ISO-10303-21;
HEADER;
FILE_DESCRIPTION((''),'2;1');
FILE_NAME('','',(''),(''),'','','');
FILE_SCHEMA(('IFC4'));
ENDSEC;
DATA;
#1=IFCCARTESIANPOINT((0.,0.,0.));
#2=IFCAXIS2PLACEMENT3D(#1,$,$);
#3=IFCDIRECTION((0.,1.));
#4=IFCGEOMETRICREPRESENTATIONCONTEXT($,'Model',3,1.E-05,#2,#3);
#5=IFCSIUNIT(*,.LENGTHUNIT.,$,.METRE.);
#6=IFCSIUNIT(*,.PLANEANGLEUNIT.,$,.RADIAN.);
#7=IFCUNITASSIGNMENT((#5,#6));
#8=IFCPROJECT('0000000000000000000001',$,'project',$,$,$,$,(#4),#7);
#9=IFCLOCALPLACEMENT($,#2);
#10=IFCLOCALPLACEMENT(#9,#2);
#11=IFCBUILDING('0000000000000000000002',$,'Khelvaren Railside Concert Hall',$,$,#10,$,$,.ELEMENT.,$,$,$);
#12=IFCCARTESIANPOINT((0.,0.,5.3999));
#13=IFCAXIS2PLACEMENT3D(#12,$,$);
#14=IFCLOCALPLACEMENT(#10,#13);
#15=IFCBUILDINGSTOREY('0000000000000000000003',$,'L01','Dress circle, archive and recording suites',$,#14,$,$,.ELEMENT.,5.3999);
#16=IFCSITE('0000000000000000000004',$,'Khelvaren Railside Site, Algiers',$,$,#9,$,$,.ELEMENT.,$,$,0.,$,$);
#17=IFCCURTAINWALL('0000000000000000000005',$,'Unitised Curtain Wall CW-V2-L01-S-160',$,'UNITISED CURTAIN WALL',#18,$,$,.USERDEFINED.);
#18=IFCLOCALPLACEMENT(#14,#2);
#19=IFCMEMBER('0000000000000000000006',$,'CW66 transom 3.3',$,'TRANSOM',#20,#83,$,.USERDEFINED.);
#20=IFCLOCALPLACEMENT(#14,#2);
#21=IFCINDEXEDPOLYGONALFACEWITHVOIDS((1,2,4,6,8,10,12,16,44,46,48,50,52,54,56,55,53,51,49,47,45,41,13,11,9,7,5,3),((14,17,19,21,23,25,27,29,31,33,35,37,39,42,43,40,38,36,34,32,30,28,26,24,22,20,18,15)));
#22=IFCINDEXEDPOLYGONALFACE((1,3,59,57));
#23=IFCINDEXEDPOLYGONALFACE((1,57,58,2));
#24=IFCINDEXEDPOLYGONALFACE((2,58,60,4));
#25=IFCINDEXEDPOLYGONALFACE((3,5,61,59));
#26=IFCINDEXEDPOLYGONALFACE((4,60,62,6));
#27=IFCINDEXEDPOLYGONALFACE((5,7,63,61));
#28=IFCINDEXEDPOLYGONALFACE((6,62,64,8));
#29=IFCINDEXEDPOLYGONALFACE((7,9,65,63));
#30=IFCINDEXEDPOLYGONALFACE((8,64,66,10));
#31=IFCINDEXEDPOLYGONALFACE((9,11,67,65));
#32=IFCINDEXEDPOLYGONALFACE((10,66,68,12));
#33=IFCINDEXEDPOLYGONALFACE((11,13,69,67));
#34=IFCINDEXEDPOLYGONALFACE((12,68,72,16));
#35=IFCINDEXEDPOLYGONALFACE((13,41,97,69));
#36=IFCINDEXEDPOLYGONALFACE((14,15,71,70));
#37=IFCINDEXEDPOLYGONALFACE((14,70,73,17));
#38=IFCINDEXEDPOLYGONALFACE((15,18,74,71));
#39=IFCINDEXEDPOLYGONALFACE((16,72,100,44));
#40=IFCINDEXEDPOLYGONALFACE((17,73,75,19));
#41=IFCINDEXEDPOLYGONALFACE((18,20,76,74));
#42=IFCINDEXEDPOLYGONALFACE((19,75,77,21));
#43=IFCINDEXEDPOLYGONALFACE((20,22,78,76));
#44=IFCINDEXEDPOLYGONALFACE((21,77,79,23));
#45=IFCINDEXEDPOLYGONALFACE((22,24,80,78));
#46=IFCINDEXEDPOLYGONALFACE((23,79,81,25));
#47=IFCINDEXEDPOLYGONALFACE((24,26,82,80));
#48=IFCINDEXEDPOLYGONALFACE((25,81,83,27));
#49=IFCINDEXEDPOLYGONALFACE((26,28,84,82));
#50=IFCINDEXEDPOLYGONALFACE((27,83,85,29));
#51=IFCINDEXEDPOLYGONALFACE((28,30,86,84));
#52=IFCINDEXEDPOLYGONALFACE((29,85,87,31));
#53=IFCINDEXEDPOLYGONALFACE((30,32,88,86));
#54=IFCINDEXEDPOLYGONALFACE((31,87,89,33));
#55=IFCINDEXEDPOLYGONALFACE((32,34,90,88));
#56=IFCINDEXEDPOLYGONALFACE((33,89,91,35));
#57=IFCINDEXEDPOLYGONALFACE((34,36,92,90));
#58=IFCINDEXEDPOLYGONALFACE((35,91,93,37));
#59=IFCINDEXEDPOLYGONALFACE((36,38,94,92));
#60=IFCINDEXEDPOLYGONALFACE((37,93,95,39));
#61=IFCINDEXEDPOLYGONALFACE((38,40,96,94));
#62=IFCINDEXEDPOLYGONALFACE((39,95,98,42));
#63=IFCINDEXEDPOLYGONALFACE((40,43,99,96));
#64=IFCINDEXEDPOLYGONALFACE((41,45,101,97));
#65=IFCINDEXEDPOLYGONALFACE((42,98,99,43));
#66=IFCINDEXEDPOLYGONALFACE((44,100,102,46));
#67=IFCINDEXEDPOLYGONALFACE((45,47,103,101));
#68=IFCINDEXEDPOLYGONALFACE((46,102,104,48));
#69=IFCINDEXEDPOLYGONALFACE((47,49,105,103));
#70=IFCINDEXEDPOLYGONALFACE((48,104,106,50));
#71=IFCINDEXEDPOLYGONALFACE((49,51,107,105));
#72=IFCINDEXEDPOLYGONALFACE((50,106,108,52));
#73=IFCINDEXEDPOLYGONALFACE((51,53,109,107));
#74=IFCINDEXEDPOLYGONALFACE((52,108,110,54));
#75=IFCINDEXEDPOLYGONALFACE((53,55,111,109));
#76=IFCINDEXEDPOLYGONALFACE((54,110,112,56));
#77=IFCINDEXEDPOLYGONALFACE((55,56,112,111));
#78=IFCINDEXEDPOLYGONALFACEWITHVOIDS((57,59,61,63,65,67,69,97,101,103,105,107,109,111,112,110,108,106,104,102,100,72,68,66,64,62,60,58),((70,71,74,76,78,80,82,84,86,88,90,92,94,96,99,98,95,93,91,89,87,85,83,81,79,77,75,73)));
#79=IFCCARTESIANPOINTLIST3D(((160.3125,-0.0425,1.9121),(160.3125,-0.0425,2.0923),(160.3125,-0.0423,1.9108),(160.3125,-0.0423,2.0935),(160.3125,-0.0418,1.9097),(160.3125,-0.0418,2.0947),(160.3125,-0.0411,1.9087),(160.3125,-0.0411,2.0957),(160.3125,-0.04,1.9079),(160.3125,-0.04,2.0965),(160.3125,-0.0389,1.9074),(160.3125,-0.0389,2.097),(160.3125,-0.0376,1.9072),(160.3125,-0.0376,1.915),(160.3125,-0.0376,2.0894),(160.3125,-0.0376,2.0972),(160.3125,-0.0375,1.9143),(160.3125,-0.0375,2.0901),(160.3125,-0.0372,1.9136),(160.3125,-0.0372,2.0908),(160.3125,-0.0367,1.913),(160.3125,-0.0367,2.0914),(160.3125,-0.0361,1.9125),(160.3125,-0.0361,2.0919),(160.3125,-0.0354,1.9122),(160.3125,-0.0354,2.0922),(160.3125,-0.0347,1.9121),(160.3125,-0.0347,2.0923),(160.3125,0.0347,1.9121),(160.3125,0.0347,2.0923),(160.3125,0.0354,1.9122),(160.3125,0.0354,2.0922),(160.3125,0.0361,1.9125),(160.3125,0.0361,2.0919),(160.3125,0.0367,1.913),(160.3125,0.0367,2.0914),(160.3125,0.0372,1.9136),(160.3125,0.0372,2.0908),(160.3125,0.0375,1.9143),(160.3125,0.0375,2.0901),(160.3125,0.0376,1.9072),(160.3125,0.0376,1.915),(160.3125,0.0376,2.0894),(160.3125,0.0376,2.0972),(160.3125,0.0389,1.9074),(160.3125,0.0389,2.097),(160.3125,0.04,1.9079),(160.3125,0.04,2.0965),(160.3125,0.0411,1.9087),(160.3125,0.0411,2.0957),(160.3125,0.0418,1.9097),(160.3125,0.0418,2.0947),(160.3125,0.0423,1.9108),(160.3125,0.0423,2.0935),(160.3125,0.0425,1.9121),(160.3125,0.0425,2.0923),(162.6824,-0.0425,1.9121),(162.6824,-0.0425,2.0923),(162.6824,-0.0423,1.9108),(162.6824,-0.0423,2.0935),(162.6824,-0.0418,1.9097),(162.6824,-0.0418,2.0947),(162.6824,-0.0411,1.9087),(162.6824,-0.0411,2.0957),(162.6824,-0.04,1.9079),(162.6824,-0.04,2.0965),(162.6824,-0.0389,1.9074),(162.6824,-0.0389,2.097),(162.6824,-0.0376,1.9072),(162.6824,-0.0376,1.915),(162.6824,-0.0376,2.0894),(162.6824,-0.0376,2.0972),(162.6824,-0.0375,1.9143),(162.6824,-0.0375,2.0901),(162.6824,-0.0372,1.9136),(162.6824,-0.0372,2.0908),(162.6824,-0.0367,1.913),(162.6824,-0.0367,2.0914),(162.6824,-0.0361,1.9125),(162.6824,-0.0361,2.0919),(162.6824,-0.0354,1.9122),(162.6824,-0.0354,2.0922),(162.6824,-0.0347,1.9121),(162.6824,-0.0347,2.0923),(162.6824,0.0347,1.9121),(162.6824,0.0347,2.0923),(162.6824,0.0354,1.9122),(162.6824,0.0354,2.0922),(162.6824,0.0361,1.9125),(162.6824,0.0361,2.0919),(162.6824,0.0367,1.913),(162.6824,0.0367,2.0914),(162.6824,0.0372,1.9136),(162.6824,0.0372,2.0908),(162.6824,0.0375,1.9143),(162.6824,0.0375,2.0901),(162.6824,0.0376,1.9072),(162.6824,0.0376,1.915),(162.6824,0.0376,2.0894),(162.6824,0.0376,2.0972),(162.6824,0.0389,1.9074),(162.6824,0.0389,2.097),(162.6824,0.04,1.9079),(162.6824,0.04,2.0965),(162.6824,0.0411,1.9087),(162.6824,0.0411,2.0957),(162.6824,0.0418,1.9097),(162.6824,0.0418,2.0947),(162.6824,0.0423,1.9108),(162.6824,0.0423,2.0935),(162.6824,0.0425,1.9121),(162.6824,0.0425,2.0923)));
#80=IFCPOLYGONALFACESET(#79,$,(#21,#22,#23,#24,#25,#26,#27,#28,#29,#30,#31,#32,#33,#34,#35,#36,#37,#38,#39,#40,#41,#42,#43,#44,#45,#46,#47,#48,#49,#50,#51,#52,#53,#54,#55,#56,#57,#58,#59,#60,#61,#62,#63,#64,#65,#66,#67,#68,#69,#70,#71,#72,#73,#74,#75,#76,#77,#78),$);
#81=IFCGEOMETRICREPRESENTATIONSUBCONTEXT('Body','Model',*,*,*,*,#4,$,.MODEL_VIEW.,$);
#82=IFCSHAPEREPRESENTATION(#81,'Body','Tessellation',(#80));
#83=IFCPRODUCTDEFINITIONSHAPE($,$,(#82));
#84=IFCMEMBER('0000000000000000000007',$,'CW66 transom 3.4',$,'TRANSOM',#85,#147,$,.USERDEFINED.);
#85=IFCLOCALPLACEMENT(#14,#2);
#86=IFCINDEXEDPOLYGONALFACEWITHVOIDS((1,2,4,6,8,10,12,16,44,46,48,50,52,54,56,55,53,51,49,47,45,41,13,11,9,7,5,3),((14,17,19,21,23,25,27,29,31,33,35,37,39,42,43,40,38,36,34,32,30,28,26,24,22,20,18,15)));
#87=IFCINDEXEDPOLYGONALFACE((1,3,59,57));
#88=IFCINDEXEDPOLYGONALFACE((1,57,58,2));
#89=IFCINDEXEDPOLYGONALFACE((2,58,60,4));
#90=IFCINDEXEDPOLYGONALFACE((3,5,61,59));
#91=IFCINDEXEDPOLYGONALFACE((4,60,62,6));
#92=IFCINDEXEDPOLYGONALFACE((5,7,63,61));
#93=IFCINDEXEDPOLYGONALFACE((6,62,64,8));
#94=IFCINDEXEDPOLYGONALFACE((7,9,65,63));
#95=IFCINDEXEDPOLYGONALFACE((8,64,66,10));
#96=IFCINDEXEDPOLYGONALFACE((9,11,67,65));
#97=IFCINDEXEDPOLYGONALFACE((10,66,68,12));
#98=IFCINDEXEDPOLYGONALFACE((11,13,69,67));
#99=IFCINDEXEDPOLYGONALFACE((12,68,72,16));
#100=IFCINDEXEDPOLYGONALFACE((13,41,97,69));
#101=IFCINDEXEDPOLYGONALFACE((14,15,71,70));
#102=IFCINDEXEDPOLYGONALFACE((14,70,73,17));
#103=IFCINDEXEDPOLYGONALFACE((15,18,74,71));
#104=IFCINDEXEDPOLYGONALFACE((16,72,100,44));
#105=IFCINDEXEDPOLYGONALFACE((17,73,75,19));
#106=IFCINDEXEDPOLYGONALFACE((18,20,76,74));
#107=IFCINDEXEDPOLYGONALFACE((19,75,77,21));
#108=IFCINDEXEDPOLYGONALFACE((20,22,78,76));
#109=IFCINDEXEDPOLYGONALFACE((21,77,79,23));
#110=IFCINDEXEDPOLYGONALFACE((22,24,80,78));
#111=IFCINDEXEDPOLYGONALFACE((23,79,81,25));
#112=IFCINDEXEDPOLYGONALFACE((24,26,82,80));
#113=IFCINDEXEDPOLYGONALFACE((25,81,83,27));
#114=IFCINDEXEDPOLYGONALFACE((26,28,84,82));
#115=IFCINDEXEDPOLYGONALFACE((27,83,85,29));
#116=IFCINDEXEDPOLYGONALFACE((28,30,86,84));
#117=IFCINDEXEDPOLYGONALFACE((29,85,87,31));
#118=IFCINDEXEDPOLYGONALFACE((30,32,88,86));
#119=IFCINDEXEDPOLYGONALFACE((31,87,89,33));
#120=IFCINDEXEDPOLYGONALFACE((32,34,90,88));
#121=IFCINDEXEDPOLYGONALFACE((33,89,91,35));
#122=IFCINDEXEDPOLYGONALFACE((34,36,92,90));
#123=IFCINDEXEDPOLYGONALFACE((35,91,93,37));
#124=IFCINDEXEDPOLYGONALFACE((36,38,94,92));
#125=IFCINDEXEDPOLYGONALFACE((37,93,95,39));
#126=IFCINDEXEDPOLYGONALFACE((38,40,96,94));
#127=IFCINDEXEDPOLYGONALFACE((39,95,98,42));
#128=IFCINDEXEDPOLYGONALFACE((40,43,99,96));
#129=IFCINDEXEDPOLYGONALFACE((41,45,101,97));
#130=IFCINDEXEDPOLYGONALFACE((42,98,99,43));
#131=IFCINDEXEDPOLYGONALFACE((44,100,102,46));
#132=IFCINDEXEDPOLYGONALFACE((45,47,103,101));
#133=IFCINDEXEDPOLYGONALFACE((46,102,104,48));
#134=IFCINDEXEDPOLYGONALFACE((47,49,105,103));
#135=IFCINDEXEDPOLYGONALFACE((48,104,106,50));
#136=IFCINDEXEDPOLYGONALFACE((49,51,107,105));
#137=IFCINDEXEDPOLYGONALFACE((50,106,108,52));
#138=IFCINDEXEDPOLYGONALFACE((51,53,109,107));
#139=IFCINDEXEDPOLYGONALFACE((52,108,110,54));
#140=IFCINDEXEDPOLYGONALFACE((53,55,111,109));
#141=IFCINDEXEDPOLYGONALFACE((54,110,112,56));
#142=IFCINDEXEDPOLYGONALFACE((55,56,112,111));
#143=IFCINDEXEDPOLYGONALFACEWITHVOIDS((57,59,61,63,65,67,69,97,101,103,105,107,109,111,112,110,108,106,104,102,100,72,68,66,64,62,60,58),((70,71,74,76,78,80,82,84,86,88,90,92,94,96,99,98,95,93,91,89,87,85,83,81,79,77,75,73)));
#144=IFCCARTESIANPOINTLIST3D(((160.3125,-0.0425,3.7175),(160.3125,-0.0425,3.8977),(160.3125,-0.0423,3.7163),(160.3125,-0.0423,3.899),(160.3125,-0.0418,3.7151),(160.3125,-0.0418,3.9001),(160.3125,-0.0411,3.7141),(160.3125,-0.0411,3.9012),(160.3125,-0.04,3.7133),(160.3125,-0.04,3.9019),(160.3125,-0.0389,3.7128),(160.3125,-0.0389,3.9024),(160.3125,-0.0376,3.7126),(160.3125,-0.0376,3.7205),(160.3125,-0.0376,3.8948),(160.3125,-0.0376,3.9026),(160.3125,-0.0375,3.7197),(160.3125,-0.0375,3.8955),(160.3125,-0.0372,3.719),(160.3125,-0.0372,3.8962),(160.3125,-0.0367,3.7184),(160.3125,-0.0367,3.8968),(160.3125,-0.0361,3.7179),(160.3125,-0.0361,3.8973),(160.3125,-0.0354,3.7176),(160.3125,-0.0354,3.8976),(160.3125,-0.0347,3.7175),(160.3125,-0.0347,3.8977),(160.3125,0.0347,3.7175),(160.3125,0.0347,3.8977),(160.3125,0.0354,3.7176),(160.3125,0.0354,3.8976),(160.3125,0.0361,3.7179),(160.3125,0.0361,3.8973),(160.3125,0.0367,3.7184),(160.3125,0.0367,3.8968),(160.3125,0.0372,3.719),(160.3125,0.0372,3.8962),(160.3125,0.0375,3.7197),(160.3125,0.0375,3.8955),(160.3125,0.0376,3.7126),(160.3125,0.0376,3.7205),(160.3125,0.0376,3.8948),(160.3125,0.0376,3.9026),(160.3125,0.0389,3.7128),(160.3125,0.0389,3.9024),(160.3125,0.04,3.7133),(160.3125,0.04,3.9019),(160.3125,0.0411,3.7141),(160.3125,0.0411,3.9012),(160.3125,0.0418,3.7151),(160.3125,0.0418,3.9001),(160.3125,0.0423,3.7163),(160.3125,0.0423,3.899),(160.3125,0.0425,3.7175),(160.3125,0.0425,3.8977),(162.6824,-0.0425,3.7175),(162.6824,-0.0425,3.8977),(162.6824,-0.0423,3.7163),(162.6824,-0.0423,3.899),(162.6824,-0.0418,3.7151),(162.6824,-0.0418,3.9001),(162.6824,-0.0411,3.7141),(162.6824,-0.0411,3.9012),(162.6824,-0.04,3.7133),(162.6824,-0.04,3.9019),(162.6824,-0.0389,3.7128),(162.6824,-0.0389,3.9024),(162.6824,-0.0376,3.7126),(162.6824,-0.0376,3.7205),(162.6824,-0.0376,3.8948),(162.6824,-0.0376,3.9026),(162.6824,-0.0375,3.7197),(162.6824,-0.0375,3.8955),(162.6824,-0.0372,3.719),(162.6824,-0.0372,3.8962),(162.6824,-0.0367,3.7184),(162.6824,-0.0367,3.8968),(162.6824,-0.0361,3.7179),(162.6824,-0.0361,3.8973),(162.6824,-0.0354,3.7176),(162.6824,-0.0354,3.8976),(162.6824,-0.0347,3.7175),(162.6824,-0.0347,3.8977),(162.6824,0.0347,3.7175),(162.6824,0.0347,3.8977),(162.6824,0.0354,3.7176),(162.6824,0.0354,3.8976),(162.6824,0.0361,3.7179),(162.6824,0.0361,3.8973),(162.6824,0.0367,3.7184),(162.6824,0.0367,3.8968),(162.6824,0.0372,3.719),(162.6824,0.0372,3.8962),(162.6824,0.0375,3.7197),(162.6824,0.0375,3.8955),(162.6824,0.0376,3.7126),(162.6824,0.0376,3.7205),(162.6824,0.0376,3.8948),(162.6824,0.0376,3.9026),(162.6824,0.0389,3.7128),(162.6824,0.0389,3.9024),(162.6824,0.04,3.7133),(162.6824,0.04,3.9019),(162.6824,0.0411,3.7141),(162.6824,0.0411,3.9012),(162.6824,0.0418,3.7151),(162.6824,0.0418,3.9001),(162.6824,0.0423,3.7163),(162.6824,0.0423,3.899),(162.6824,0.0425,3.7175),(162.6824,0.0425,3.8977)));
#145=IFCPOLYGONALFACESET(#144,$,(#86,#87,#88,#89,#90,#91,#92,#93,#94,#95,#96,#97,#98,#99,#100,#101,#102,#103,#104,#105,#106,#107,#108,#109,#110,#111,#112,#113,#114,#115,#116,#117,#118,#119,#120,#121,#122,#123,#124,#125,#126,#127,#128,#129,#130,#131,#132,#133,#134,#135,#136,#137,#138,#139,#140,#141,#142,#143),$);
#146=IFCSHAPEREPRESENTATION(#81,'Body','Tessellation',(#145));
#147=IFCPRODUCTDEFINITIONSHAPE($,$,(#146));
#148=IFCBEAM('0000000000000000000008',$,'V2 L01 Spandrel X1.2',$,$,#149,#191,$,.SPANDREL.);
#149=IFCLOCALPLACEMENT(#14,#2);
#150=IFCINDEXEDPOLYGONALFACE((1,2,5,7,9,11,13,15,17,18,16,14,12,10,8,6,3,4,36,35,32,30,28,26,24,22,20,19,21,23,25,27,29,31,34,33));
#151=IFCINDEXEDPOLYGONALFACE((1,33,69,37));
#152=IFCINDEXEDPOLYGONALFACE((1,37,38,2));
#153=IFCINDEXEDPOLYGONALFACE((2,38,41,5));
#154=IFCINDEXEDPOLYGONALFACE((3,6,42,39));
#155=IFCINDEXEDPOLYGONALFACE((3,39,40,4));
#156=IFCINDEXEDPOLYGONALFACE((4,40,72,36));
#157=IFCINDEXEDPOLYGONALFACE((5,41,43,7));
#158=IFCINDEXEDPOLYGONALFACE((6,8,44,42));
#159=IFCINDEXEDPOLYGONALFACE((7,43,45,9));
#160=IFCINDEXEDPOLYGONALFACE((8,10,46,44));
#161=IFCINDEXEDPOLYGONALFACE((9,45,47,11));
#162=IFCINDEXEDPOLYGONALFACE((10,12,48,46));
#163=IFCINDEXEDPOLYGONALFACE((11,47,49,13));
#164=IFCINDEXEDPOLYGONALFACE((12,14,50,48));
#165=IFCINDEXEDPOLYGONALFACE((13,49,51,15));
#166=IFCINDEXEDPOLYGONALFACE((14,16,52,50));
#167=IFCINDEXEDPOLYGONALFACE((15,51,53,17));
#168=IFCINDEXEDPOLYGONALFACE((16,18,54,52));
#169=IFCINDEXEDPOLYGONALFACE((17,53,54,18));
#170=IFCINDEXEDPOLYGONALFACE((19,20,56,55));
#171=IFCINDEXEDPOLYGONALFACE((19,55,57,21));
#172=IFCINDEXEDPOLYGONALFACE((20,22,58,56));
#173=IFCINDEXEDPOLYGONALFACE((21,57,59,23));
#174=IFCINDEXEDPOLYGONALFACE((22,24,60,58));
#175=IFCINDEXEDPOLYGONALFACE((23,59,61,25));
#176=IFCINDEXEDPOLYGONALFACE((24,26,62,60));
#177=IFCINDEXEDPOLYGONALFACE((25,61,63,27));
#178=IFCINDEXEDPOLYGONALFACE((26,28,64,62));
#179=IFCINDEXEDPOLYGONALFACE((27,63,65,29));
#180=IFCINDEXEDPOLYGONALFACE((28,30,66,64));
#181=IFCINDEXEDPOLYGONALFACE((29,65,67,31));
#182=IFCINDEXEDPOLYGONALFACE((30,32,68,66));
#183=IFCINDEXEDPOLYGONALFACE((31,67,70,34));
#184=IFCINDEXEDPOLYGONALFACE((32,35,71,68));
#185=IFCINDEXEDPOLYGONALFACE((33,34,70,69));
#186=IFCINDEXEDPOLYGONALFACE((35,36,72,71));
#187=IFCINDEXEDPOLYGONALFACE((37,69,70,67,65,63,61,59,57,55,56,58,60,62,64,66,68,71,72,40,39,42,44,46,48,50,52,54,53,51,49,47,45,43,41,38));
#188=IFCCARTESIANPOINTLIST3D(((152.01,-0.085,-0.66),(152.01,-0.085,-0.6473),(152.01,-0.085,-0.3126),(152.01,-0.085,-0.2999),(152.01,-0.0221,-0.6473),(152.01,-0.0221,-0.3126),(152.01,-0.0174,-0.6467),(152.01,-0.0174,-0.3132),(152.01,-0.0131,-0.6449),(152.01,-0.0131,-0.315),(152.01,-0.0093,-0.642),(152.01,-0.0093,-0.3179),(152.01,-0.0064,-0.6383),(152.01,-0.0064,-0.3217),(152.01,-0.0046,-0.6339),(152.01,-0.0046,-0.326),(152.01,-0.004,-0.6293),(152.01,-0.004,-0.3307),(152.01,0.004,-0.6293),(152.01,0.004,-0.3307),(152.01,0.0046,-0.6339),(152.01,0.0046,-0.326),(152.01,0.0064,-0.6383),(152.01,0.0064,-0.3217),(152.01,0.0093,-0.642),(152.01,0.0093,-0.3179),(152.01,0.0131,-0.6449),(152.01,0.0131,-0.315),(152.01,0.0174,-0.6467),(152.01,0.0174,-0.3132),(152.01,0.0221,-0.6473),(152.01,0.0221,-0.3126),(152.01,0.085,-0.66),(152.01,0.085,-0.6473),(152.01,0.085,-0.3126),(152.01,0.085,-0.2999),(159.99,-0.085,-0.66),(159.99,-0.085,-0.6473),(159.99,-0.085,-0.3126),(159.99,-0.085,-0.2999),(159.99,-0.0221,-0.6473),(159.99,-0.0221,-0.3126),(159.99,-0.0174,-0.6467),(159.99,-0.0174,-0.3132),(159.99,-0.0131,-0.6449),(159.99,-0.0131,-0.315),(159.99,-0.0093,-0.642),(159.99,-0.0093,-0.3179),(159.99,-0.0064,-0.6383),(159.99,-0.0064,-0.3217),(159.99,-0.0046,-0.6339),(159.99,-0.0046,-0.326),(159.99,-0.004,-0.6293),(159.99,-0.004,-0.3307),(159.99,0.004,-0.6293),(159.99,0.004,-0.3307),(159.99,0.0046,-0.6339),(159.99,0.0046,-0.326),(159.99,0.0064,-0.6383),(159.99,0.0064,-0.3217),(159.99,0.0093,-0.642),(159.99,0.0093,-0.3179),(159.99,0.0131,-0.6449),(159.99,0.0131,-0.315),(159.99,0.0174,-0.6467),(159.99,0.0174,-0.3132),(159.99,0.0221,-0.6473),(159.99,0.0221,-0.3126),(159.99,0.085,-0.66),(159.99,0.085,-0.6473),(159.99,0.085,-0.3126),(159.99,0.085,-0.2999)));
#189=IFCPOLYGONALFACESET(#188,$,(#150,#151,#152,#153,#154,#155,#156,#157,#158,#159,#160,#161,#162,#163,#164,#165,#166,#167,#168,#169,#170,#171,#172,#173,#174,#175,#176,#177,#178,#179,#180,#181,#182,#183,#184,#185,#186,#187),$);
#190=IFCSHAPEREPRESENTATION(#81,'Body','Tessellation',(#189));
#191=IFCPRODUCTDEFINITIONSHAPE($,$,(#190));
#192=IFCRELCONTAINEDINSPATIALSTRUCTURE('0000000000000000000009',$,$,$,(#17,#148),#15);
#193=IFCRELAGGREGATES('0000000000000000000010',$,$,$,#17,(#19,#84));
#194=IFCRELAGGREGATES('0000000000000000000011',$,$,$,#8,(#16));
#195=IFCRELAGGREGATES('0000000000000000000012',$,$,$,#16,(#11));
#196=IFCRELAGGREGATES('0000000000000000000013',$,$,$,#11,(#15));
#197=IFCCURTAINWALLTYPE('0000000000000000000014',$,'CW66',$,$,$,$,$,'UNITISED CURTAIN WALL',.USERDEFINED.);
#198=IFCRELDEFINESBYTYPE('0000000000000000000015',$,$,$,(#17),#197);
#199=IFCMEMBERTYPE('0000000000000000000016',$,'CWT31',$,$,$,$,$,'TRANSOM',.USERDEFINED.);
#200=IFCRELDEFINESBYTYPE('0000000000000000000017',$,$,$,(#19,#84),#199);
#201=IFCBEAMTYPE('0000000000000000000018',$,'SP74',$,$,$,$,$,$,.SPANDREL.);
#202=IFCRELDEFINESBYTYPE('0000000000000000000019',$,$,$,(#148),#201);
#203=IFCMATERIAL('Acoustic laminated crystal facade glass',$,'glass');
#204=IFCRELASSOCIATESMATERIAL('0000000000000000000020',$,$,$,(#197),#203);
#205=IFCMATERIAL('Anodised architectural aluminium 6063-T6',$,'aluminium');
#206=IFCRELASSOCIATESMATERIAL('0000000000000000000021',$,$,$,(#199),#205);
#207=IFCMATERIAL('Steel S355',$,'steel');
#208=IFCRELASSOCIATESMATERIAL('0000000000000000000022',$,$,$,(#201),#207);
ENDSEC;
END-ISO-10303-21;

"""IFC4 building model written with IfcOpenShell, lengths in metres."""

from ifc_helpers import new_model, si_unit, direction, frame, origin, origin_2d, place, context, subcontext, project, spatial, hollow_rectangle, i_section, extrude, material, material_profile, profile_set, type_object, element, aggregate, save


model = new_model("IFC4")

# Units and contexts
model_context = context("Model", 3, precision=1e-05, world=origin(), true_north=direction((0.0, 1.0)))
body_context = subcontext(model_context, "Body", "Model", "MODEL_VIEW")
ifc_project = project(units=[si_unit("LENGTHUNIT", "METRE"), si_unit("PLANEANGLEUNIT", "RADIAN")], contexts=[model_context])

# Site, building, storey
site_placement = place(None, origin())
site = spatial("IfcSite", under=ifc_project, at=site_placement, Name="Khelvaren Railside Site, Algiers", CompositionType="ELEMENT", RefElevation=0.0)
building_placement = place(site_placement, origin())
building = spatial("IfcBuilding", under=site, at=building_placement, Name="Khelvaren Railside Concert Hall", CompositionType="ELEMENT")
storey_placement = place(building_placement, frame((0.0, 0.0, 5.3999)))
storey = spatial("IfcBuildingStorey", under=building, at=storey_placement, Name="L01", Description="Dress circle, archive and recording suites", CompositionType="ELEMENT", Elevation=5.3999)

# Shared definitions
ifc_material_1 = material(Name="Steel S355", Category="steel")

# Curtain wall, members
ifc_material_2 = material(Name="Acoustic laminated crystal facade glass", Category="glass")
curtain_wall_type = type_object("IfcCurtainWallType", Name="CW66", ElementType="UNITISED CURTAIN WALL", PredefinedType="USERDEFINED", material=ifc_material_2)
curtain_wall_placement = place(storey_placement, origin())
curtain_wall = element("IfcCurtainWall", 1, at=curtain_wall_placement, inside=storey, type_object=curtain_wall_type, Name="Unitised Curtain Wall CW-V2-L01-S-160", ObjectType="UNITISED CURTAIN WALL", PredefinedType="USERDEFINED")
ifc_material_3 = material(Name="Anodised architectural aluminium 6063-T6", Category="aluminium")
ifc_material_profile_1 = material_profile(ifc_material_3, hollow_rectangle(XDim=0.085, YDim=0.1899, WallThickness=0.0049, InnerFilletRadius=0.0029, OuterFilletRadius=0.0049, at=origin_2d()), Name="CWT 85x190x5")
ifc_profile_set_1 = profile_set([ifc_material_profile_1], Name="Anodised architectural aluminium 6063-T6")
member_type_1 = type_object("IfcMemberType", Name="CWT31", ElementType="TRANSOM", PredefinedType="USERDEFINED", material=ifc_profile_set_1)
member_1_placement = place(storey_placement, frame((162.6824, 0.0, 2.0022), z_axis=(-1.0, 0.0, 0.0), x_axis=(0.0, -1.0, 0.0)))
member_1 = element("IfcMember", 2, at=member_1_placement, type_object=member_type_1, Name="CW66 transom 3.3", ObjectType="TRANSOM", PredefinedType="USERDEFINED", context=body_context, shape_type="SweptSolid", body=[
    extrude(hollow_rectangle(XDim=0.085, YDim=0.1899, WallThickness=0.0049, InnerFilletRadius=0.0029, OuterFilletRadius=0.0049, at=origin_2d()), origin(), (0.0, 0.0, 1.0), 2.3699),
])
member_2_placement = place(storey_placement, frame((162.6824, 0.0, 3.8076), z_axis=(-1.0, 0.0, 0.0), x_axis=(0.0, -1.0, 0.0)))
member_2 = element("IfcMember", 3, at=member_2_placement, type_object=member_type_1, Name="CW66 transom 3.4", ObjectType="TRANSOM", PredefinedType="USERDEFINED", context=body_context, shape_type="SweptSolid", body=[
    extrude(hollow_rectangle(XDim=0.085, YDim=0.1899, WallThickness=0.0049, InnerFilletRadius=0.0029, OuterFilletRadius=0.0049, at=origin_2d()), origin(), (0.0, 0.0, 1.0), 2.3699),
])

# Beam
ifc_material_profile_2 = material_profile(ifc_material_1, i_section(OverallWidth=0.1699, OverallDepth=0.3601, WebThickness=0.0081, FlangeThickness=0.0127, FilletRadius=0.0181, at=origin_2d()), Name="IPE 360")
ifc_profile_set_2 = profile_set([ifc_material_profile_2], Name="Steel S355")
beam_type_1 = type_object("IfcBeamType", Name="SP74", PredefinedType="SPANDREL", material=ifc_profile_set_2)
beam_1_placement = place(storey_placement, frame((152.01, 0.0, -0.48), z_axis=(1.0, 0.0, 0.0), x_axis=(0.0, 1.0, 0.0)))
element("IfcBeam", 4, at=beam_1_placement, inside=storey, type_object=beam_type_1, Name="V2 L01 Spandrel X1.2", PredefinedType="SPANDREL", context=body_context, shape_type="SweptSolid", body=[
    extrude(i_section(OverallWidth=0.1699, OverallDepth=0.3601, WebThickness=0.0081, FlangeThickness=0.0127, FilletRadius=0.0181, at=origin_2d()), origin(), (0.0, 0.0, 1.0), 7.98),
])

aggregate(curtain_wall, [member_1, member_2])

save(model, "model.ifc")
